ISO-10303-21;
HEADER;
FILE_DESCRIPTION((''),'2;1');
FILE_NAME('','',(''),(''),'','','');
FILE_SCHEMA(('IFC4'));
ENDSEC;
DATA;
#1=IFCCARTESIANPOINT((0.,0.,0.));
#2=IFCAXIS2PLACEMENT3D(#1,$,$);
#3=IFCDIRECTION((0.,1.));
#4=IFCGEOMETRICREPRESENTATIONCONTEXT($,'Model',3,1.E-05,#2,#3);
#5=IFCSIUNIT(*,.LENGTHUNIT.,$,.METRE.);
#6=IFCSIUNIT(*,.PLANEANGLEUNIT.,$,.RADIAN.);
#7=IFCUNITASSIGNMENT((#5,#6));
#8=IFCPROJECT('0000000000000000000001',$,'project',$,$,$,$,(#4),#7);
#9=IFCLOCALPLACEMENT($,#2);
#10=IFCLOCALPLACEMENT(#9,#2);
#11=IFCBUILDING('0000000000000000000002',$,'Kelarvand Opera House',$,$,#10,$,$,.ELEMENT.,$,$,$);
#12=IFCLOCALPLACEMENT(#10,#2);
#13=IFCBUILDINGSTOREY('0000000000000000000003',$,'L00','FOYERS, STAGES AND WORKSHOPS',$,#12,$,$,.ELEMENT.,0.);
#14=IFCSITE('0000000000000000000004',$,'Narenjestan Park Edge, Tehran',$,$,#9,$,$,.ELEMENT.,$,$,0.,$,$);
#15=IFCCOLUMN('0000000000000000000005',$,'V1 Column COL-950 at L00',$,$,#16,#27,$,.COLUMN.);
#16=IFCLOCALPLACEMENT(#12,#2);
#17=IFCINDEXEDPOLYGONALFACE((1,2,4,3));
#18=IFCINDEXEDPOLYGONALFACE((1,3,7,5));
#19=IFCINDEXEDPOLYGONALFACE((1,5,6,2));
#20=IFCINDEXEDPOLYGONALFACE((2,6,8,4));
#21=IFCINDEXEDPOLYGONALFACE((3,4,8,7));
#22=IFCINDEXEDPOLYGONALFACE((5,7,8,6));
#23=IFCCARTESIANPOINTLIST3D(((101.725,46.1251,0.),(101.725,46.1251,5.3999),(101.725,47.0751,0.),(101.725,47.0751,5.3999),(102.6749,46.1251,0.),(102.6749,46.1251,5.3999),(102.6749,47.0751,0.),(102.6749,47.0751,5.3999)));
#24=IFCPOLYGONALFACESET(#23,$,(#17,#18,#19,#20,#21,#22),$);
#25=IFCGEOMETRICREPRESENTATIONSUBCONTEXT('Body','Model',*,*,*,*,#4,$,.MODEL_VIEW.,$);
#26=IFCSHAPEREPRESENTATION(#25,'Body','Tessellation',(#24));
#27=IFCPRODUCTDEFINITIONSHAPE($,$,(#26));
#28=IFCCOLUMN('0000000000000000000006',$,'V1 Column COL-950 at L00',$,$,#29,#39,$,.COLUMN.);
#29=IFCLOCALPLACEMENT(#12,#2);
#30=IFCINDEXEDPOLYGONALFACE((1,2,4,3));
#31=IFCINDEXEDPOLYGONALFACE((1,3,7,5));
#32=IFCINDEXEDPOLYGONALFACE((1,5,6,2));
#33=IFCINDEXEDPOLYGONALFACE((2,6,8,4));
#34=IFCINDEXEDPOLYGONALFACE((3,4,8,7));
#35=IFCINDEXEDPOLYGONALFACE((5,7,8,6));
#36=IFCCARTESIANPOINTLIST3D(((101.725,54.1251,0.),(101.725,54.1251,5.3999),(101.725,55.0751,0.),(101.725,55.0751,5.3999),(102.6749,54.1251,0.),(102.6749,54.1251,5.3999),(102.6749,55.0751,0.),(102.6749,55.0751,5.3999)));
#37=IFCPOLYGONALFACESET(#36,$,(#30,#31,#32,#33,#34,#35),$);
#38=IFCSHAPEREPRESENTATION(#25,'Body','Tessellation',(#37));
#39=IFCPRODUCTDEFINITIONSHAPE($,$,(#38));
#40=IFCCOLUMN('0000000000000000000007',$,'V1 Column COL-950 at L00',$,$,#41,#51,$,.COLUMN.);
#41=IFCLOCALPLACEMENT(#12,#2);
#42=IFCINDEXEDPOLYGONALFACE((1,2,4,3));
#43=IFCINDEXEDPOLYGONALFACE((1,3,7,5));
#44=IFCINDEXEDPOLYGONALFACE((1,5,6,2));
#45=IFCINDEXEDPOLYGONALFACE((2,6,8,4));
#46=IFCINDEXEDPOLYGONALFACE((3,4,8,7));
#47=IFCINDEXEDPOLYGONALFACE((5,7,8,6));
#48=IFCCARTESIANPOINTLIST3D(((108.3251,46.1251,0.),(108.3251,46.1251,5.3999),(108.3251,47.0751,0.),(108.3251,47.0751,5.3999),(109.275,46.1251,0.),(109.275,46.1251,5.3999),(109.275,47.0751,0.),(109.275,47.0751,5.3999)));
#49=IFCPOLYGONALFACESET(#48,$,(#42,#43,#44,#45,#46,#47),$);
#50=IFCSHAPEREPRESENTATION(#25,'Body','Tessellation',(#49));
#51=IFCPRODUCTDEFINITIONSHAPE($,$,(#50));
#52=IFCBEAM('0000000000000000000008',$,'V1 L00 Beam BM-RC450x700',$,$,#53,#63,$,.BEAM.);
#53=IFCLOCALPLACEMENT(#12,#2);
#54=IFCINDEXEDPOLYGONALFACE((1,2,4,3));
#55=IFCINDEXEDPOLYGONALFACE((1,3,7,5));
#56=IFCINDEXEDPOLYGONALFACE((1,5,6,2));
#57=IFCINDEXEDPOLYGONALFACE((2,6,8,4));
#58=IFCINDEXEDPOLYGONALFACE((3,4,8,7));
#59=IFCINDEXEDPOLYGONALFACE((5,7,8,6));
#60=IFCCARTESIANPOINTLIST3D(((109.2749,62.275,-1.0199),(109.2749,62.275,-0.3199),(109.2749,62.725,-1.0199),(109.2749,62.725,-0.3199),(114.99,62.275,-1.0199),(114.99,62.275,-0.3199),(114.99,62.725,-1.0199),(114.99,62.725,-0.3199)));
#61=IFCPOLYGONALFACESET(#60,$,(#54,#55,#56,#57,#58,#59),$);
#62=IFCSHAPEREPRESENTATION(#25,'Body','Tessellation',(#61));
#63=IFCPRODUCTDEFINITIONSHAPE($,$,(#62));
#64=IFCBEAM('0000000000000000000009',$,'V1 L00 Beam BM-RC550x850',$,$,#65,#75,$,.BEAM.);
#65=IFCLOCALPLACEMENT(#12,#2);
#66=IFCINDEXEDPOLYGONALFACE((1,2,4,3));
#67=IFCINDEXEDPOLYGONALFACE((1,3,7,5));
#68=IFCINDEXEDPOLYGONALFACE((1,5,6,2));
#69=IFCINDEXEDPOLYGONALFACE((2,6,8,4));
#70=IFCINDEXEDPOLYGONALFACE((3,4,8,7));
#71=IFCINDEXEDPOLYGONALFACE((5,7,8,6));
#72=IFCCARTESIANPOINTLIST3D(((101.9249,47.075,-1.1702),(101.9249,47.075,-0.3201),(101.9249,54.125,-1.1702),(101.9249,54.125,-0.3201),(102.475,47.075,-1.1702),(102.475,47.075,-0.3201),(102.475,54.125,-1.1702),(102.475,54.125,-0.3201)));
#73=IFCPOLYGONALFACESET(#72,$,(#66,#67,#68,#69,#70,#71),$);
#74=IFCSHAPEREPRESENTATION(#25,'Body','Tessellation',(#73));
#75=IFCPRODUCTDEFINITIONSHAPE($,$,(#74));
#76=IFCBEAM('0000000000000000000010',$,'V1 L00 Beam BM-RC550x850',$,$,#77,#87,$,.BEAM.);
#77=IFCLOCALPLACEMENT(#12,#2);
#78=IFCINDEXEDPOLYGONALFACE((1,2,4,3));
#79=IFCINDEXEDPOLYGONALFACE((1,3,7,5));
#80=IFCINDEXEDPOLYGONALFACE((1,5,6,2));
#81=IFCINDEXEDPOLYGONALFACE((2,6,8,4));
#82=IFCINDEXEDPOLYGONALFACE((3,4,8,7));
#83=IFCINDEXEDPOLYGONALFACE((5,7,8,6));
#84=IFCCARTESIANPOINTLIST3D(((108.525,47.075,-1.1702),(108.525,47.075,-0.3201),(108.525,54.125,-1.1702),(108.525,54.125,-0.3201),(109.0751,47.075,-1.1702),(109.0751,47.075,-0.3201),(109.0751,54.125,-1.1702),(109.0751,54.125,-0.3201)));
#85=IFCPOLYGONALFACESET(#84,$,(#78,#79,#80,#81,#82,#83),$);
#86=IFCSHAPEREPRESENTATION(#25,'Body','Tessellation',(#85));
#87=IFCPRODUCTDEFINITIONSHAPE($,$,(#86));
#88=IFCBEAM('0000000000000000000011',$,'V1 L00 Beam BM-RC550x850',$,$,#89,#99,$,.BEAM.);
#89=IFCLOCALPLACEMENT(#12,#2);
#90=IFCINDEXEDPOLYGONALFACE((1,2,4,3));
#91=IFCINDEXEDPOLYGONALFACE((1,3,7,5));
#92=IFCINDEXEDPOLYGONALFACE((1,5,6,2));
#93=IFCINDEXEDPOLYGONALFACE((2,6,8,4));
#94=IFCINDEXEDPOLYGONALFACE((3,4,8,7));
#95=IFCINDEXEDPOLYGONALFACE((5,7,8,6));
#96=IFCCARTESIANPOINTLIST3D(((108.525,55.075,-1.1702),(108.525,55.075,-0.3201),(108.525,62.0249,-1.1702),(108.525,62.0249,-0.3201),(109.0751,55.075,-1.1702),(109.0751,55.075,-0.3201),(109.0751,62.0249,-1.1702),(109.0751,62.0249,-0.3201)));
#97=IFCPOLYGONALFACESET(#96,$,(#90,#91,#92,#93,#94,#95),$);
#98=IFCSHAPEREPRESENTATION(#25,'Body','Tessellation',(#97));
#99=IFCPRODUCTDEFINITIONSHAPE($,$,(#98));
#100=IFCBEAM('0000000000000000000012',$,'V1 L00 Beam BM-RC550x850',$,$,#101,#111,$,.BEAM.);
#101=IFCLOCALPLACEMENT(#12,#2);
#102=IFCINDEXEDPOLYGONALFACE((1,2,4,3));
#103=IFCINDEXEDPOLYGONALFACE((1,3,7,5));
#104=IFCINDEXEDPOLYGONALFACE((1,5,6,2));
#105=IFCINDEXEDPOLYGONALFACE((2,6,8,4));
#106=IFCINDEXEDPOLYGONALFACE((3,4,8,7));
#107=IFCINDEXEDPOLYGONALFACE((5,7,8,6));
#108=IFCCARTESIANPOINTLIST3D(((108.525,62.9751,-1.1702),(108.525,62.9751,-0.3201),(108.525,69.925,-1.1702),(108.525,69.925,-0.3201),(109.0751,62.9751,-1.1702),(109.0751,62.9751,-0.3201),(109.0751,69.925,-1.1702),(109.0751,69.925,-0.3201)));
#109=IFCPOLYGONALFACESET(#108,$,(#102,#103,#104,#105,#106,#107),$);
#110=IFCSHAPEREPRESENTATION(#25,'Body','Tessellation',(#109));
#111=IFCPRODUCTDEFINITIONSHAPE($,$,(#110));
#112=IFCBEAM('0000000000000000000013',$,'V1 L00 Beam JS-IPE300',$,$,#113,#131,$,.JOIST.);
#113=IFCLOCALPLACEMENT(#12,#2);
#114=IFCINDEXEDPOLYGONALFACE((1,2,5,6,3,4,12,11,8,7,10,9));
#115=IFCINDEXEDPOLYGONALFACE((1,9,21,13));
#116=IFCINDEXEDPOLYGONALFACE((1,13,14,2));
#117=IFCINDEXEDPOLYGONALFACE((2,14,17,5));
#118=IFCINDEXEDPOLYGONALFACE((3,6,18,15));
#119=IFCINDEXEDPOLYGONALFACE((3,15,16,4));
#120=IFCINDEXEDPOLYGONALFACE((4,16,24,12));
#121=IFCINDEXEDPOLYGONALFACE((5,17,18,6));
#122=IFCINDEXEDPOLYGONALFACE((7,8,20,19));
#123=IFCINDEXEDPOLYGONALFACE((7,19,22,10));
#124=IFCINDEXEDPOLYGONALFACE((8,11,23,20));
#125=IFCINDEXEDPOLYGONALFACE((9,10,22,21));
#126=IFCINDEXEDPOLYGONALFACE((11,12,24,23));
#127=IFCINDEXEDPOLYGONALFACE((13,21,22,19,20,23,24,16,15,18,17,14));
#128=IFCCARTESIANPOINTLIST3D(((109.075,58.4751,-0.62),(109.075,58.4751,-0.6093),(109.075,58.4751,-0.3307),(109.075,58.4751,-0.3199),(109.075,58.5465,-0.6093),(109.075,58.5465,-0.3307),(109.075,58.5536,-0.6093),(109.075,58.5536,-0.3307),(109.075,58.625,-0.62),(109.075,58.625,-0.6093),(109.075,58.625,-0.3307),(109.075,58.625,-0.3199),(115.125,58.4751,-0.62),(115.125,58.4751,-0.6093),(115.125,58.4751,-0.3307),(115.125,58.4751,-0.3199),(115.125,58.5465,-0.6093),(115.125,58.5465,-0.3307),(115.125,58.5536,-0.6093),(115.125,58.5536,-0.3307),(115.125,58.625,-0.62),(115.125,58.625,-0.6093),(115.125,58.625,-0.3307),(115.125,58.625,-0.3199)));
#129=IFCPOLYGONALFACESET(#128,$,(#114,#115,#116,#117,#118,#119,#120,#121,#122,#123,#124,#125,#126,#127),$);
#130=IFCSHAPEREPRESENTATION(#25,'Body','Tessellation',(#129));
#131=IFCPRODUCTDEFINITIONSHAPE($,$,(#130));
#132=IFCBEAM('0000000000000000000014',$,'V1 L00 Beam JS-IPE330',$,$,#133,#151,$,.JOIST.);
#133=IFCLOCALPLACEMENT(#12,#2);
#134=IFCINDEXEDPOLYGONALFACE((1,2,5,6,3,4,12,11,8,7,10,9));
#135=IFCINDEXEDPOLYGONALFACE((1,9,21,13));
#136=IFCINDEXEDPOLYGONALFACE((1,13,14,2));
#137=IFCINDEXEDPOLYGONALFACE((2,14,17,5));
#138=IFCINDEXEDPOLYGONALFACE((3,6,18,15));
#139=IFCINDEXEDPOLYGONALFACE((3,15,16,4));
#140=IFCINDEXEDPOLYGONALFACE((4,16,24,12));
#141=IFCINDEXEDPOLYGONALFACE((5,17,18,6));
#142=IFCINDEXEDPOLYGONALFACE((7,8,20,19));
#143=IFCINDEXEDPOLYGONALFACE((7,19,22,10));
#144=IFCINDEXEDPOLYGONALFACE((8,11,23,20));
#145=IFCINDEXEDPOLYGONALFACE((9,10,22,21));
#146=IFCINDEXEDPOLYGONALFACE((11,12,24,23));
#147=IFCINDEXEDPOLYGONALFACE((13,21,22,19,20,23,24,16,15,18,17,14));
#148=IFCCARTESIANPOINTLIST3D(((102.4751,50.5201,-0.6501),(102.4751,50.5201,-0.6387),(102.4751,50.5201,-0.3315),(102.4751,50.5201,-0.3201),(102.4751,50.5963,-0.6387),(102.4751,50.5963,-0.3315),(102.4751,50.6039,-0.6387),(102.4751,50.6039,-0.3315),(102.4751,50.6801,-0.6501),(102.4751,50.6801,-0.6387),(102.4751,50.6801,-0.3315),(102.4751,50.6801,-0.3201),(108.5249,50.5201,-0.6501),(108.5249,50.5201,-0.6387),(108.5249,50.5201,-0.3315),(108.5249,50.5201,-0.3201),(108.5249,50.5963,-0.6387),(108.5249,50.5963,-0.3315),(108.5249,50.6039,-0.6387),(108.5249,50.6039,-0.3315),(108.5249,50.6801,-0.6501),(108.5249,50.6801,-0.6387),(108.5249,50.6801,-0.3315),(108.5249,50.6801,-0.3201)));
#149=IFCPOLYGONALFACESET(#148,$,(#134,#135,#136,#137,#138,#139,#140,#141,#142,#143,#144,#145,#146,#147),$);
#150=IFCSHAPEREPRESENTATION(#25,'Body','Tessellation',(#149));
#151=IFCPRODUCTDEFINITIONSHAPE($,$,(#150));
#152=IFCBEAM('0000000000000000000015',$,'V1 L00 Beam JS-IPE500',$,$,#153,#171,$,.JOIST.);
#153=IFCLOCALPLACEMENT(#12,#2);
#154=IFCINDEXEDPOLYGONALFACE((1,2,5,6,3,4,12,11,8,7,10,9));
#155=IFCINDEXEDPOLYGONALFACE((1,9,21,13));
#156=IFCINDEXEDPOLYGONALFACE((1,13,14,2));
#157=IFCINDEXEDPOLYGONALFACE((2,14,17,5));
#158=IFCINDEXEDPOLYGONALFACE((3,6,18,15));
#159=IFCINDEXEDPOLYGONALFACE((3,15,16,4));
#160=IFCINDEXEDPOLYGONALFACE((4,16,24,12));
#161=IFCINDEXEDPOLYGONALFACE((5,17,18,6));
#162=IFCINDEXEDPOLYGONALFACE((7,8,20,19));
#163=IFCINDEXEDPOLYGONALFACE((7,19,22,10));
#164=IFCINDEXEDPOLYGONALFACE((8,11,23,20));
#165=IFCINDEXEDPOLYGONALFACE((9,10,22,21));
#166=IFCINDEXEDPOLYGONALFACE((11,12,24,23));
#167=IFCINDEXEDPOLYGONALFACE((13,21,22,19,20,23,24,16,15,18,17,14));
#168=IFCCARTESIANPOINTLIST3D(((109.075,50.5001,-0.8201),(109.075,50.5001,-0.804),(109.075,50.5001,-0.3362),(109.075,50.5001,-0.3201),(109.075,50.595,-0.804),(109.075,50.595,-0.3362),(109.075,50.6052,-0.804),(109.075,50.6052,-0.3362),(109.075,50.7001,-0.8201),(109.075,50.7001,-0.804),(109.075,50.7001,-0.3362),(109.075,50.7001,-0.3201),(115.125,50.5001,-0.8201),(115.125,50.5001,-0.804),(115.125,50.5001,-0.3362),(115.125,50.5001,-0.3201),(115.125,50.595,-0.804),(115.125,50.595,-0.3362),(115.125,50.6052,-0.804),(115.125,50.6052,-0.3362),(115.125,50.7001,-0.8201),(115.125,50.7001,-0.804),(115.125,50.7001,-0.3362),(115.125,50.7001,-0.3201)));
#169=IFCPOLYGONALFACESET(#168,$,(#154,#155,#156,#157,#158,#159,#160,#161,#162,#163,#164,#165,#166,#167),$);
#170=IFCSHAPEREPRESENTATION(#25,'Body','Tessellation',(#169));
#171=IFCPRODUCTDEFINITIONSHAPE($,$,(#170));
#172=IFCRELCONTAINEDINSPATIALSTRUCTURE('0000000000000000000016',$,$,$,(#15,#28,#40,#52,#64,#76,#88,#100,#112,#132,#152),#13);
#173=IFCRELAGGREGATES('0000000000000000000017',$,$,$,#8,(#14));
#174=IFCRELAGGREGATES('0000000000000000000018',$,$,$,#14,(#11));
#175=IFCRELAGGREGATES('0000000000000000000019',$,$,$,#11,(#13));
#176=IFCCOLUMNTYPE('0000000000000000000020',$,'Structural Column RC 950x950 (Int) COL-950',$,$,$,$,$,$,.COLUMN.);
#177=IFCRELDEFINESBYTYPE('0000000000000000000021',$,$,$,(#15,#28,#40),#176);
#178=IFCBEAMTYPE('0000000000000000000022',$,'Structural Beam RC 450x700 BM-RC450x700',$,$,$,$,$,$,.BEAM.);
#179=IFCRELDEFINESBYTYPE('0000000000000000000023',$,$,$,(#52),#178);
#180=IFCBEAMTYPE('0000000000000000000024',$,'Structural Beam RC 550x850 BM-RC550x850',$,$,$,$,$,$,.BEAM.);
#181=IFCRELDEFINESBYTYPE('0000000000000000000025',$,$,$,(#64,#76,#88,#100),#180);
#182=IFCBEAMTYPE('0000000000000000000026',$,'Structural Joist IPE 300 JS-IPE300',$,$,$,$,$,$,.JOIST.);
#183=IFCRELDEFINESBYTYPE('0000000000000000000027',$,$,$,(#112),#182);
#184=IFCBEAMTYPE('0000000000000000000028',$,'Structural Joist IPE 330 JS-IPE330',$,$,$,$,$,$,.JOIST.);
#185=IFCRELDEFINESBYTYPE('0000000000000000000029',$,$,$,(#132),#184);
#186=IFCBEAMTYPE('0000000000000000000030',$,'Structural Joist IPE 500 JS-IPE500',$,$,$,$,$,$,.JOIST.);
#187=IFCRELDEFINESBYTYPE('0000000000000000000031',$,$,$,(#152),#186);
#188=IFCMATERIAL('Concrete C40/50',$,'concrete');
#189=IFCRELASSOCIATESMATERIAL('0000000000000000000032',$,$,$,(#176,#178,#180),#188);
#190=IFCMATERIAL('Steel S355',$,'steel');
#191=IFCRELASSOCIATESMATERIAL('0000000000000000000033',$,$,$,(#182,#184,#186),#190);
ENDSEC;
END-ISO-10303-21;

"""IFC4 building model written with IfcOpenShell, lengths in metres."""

from ifc_helpers import new_model, si_unit, direction, frame, origin, origin_2d, place, context, subcontext, project, spatial, rectangle, i_section, extrude, material, material_profile, profile_set, type_object, element, save


model = new_model("IFC4")

# Units and contexts
model_context = context("Model", 3, precision=1e-05, world=origin(), true_north=direction((0.0, 1.0)))
body_context = subcontext(model_context, "Body", "Model", "MODEL_VIEW")
ifc_project = project(units=[si_unit("LENGTHUNIT", "METRE"), si_unit("PLANEANGLEUNIT", "RADIAN")], contexts=[model_context])

# Site, building, storey
site_placement = place(None, origin())
site = spatial("IfcSite", under=ifc_project, at=site_placement, Name="Narenjestan Park Edge, Tehran", CompositionType="ELEMENT", RefElevation=0.0)
building_placement = place(site_placement, origin())
building = spatial("IfcBuilding", under=site, at=building_placement, Name="Kelarvand Opera House", CompositionType="ELEMENT")
storey_placement = place(building_placement, origin())
storey = spatial("IfcBuildingStorey", under=building, at=storey_placement, Name="L00", Description="FOYERS, STAGES AND WORKSHOPS", CompositionType="ELEMENT", Elevation=0.0)

# Columns
ifc_material_1 = material(Name="Concrete C40/50", Category="concrete")
ifc_material_profile_1 = material_profile(ifc_material_1, rectangle(XDim=0.95, YDim=0.95, at=origin_2d()), Name="RC 950x950", Category="concrete")
ifc_profile_set_1 = profile_set([ifc_material_profile_1], Name="Concrete C40/50")
column_type = type_object("IfcColumnType", Name="Structural Column RC 950x950 (Int) COL-950", PredefinedType="COLUMN", material=ifc_profile_set_1)
for number, where, z_axis, x_axis, name in (
    (1, (102.2, 46.6001, 0.0), (0.0, 0.0, 1.0), (1.0, 0.0, 0.0), "V1 Column COL-950 at L00"),
    (2, (102.2, 54.6001, 0.0), (0.0, 0.0, 1.0), (1.0, 0.0, 0.0), "V1 Column COL-950 at L00"),
    (3, (108.8, 46.6001, 0.0), (0.0, 0.0, 1.0), (1.0, 0.0, 0.0), "V1 Column COL-950 at L00"),
):
    element("IfcColumn", number, at=place(storey_placement, frame(where, z_axis=z_axis, x_axis=x_axis)), inside=storey, type_object=column_type, Name=name, PredefinedType="COLUMN", context=body_context, shape_type="SweptSolid", body=[
        extrude(rectangle(XDim=0.95, YDim=0.95, at=origin_2d()), origin(), (0.0, 0.0, 1.0), 5.3999),
    ])

# Beams
ifc_material_profile_2 = material_profile(ifc_material_1, rectangle(XDim=0.45, YDim=0.7, at=origin_2d()), Name="RC 450x700", Category="concrete")
ifc_profile_set_2 = profile_set([ifc_material_profile_2], Name="Concrete C40/50")
beam_type_1 = type_object("IfcBeamType", Name="Structural Beam RC 450x700 BM-RC450x700", PredefinedType="BEAM", material=ifc_profile_set_2)
beam_1_placement = place(storey_placement, frame((109.2749, 62.5, -0.6699), z_axis=(1.0, 0.0, 0.0), x_axis=(0.0, 1.0, 0.0)))
element("IfcBeam", 4, at=beam_1_placement, inside=storey, type_object=beam_type_1, Name="V1 L00 Beam BM-RC450x700", PredefinedType="BEAM", context=body_context, shape_type="SweptSolid", body=[
    extrude(rectangle(XDim=0.45, YDim=0.7, at=origin_2d()), origin(), (0.0, 0.0, 1.0), 5.7151),
])
ifc_material_profile_3 = material_profile(ifc_material_1, rectangle(XDim=0.55, YDim=0.8501, at=origin_2d()), Name="RC 550x850", Category="concrete")
ifc_profile_set_3 = profile_set([ifc_material_profile_3], Name="Concrete C40/50")
beam_type_2 = type_object("IfcBeamType", Name="Structural Beam RC 550x850 BM-RC550x850", PredefinedType="BEAM", material=ifc_profile_set_3)
for number, where, z_axis, x_axis, name in (
    (5, (102.2, 47.075, -0.7451), (0.0, 1.0, 0.0), (-1.0, 0.0, 0.0), "V1 L00 Beam BM-RC550x850"),
    (6, (108.8, 47.075, -0.7451), (0.0, 1.0, 0.0), (-1.0, 0.0, 0.0), "V1 L00 Beam BM-RC550x850"),
):
    element("IfcBeam", number, at=place(storey_placement, frame(where, z_axis=z_axis, x_axis=x_axis)), inside=storey, type_object=beam_type_2, Name=name, PredefinedType="BEAM", context=body_context, shape_type="SweptSolid", body=[
        extrude(rectangle(XDim=0.55, YDim=0.8501, at=origin_2d()), origin(), (0.0, 0.0, 1.0), 7.05),
    ])
for number, where, z_axis, x_axis, name in (
    (7, (108.8, 55.075, -0.7451), (0.0, 1.0, 0.0), (-1.0, 0.0, 0.0), "V1 L00 Beam BM-RC550x850"),
    (8, (108.8, 62.9751, -0.7451), (0.0, 1.0, 0.0), (-1.0, 0.0, 0.0), "V1 L00 Beam BM-RC550x850"),
):
    element("IfcBeam", number, at=place(storey_placement, frame(where, z_axis=z_axis, x_axis=x_axis)), inside=storey, type_object=beam_type_2, Name=name, PredefinedType="BEAM", context=body_context, shape_type="SweptSolid", body=[
        extrude(rectangle(XDim=0.55, YDim=0.8501, at=origin_2d()), origin(), (0.0, 0.0, 1.0), 6.95),
    ])
ifc_material_2 = material(Name="Steel S355", Category="steel")
ifc_material_profile_4 = material_profile(ifc_material_2, i_section(OverallWidth=0.1499, OverallDepth=0.3, WebThickness=0.0071, FlangeThickness=0.0107, at=origin_2d()), Name="IPE 300", Category="steel")
ifc_profile_set_4 = profile_set([ifc_material_profile_4], Name="Steel S355")
beam_type_3 = type_object("IfcBeamType", Name="Structural Joist IPE 300 JS-IPE300", PredefinedType="JOIST", material=ifc_profile_set_4)
beam_2_placement = place(storey_placement, frame((109.075, 58.55, -0.47), z_axis=(1.0, 0.0, 0.0), x_axis=(0.0, 1.0, 0.0)))
element("IfcBeam", 9, at=beam_2_placement, inside=storey, type_object=beam_type_3, Name="V1 L00 Beam JS-IPE300", PredefinedType="JOIST", context=body_context, shape_type="SweptSolid", body=[
    extrude(i_section(OverallWidth=0.1499, OverallDepth=0.3, WebThickness=0.0071, FlangeThickness=0.0107, at=origin_2d()), origin(), (0.0, 0.0, 1.0), 6.05),
])
ifc_material_profile_5 = material_profile(ifc_material_2, i_section(OverallWidth=0.1599, OverallDepth=0.3301, WebThickness=0.0076, FlangeThickness=0.0115, at=origin_2d()), Name="IPE 330", Category="steel")
ifc_profile_set_5 = profile_set([ifc_material_profile_5], Name="Steel S355")
beam_type_4 = type_object("IfcBeamType", Name="Structural Joist IPE 330 JS-IPE330", PredefinedType="JOIST", material=ifc_profile_set_5)
beam_3_placement = place(storey_placement, frame((102.4751, 50.6001, -0.4851), z_axis=(1.0, 0.0, 0.0), x_axis=(0.0, 1.0, 0.0)))
element("IfcBeam", 10, at=beam_3_placement, inside=storey, type_object=beam_type_4, Name="V1 L00 Beam JS-IPE330", PredefinedType="JOIST", context=body_context, shape_type="SweptSolid", body=[
    extrude(i_section(OverallWidth=0.1599, OverallDepth=0.3301, WebThickness=0.0076, FlangeThickness=0.0115, at=origin_2d()), origin(), (0.0, 0.0, 1.0), 6.0498),
])
ifc_material_profile_6 = material_profile(ifc_material_2, i_section(OverallWidth=0.2, OverallDepth=0.5, WebThickness=0.0103, FlangeThickness=0.0161, at=origin_2d()), Name="IPE 500", Category="steel")
ifc_profile_set_6 = profile_set([ifc_material_profile_6], Name="Steel S355")
beam_type_5 = type_object("IfcBeamType", Name="Structural Joist IPE 500 JS-IPE500", PredefinedType="JOIST", material=ifc_profile_set_6)
beam_4_placement = place(storey_placement, frame((109.075, 50.6001, -0.5701), z_axis=(1.0, 0.0, 0.0), x_axis=(0.0, 1.0, 0.0)))
element("IfcBeam", 11, at=beam_4_placement, inside=storey, type_object=beam_type_5, Name="V1 L00 Beam JS-IPE500", PredefinedType="JOIST", context=body_context, shape_type="SweptSolid", body=[
    extrude(i_section(OverallWidth=0.2, OverallDepth=0.5, WebThickness=0.0103, FlangeThickness=0.0161, at=origin_2d()), origin(), (0.0, 0.0, 1.0), 6.05),
])

save(model, "model.ifc")
